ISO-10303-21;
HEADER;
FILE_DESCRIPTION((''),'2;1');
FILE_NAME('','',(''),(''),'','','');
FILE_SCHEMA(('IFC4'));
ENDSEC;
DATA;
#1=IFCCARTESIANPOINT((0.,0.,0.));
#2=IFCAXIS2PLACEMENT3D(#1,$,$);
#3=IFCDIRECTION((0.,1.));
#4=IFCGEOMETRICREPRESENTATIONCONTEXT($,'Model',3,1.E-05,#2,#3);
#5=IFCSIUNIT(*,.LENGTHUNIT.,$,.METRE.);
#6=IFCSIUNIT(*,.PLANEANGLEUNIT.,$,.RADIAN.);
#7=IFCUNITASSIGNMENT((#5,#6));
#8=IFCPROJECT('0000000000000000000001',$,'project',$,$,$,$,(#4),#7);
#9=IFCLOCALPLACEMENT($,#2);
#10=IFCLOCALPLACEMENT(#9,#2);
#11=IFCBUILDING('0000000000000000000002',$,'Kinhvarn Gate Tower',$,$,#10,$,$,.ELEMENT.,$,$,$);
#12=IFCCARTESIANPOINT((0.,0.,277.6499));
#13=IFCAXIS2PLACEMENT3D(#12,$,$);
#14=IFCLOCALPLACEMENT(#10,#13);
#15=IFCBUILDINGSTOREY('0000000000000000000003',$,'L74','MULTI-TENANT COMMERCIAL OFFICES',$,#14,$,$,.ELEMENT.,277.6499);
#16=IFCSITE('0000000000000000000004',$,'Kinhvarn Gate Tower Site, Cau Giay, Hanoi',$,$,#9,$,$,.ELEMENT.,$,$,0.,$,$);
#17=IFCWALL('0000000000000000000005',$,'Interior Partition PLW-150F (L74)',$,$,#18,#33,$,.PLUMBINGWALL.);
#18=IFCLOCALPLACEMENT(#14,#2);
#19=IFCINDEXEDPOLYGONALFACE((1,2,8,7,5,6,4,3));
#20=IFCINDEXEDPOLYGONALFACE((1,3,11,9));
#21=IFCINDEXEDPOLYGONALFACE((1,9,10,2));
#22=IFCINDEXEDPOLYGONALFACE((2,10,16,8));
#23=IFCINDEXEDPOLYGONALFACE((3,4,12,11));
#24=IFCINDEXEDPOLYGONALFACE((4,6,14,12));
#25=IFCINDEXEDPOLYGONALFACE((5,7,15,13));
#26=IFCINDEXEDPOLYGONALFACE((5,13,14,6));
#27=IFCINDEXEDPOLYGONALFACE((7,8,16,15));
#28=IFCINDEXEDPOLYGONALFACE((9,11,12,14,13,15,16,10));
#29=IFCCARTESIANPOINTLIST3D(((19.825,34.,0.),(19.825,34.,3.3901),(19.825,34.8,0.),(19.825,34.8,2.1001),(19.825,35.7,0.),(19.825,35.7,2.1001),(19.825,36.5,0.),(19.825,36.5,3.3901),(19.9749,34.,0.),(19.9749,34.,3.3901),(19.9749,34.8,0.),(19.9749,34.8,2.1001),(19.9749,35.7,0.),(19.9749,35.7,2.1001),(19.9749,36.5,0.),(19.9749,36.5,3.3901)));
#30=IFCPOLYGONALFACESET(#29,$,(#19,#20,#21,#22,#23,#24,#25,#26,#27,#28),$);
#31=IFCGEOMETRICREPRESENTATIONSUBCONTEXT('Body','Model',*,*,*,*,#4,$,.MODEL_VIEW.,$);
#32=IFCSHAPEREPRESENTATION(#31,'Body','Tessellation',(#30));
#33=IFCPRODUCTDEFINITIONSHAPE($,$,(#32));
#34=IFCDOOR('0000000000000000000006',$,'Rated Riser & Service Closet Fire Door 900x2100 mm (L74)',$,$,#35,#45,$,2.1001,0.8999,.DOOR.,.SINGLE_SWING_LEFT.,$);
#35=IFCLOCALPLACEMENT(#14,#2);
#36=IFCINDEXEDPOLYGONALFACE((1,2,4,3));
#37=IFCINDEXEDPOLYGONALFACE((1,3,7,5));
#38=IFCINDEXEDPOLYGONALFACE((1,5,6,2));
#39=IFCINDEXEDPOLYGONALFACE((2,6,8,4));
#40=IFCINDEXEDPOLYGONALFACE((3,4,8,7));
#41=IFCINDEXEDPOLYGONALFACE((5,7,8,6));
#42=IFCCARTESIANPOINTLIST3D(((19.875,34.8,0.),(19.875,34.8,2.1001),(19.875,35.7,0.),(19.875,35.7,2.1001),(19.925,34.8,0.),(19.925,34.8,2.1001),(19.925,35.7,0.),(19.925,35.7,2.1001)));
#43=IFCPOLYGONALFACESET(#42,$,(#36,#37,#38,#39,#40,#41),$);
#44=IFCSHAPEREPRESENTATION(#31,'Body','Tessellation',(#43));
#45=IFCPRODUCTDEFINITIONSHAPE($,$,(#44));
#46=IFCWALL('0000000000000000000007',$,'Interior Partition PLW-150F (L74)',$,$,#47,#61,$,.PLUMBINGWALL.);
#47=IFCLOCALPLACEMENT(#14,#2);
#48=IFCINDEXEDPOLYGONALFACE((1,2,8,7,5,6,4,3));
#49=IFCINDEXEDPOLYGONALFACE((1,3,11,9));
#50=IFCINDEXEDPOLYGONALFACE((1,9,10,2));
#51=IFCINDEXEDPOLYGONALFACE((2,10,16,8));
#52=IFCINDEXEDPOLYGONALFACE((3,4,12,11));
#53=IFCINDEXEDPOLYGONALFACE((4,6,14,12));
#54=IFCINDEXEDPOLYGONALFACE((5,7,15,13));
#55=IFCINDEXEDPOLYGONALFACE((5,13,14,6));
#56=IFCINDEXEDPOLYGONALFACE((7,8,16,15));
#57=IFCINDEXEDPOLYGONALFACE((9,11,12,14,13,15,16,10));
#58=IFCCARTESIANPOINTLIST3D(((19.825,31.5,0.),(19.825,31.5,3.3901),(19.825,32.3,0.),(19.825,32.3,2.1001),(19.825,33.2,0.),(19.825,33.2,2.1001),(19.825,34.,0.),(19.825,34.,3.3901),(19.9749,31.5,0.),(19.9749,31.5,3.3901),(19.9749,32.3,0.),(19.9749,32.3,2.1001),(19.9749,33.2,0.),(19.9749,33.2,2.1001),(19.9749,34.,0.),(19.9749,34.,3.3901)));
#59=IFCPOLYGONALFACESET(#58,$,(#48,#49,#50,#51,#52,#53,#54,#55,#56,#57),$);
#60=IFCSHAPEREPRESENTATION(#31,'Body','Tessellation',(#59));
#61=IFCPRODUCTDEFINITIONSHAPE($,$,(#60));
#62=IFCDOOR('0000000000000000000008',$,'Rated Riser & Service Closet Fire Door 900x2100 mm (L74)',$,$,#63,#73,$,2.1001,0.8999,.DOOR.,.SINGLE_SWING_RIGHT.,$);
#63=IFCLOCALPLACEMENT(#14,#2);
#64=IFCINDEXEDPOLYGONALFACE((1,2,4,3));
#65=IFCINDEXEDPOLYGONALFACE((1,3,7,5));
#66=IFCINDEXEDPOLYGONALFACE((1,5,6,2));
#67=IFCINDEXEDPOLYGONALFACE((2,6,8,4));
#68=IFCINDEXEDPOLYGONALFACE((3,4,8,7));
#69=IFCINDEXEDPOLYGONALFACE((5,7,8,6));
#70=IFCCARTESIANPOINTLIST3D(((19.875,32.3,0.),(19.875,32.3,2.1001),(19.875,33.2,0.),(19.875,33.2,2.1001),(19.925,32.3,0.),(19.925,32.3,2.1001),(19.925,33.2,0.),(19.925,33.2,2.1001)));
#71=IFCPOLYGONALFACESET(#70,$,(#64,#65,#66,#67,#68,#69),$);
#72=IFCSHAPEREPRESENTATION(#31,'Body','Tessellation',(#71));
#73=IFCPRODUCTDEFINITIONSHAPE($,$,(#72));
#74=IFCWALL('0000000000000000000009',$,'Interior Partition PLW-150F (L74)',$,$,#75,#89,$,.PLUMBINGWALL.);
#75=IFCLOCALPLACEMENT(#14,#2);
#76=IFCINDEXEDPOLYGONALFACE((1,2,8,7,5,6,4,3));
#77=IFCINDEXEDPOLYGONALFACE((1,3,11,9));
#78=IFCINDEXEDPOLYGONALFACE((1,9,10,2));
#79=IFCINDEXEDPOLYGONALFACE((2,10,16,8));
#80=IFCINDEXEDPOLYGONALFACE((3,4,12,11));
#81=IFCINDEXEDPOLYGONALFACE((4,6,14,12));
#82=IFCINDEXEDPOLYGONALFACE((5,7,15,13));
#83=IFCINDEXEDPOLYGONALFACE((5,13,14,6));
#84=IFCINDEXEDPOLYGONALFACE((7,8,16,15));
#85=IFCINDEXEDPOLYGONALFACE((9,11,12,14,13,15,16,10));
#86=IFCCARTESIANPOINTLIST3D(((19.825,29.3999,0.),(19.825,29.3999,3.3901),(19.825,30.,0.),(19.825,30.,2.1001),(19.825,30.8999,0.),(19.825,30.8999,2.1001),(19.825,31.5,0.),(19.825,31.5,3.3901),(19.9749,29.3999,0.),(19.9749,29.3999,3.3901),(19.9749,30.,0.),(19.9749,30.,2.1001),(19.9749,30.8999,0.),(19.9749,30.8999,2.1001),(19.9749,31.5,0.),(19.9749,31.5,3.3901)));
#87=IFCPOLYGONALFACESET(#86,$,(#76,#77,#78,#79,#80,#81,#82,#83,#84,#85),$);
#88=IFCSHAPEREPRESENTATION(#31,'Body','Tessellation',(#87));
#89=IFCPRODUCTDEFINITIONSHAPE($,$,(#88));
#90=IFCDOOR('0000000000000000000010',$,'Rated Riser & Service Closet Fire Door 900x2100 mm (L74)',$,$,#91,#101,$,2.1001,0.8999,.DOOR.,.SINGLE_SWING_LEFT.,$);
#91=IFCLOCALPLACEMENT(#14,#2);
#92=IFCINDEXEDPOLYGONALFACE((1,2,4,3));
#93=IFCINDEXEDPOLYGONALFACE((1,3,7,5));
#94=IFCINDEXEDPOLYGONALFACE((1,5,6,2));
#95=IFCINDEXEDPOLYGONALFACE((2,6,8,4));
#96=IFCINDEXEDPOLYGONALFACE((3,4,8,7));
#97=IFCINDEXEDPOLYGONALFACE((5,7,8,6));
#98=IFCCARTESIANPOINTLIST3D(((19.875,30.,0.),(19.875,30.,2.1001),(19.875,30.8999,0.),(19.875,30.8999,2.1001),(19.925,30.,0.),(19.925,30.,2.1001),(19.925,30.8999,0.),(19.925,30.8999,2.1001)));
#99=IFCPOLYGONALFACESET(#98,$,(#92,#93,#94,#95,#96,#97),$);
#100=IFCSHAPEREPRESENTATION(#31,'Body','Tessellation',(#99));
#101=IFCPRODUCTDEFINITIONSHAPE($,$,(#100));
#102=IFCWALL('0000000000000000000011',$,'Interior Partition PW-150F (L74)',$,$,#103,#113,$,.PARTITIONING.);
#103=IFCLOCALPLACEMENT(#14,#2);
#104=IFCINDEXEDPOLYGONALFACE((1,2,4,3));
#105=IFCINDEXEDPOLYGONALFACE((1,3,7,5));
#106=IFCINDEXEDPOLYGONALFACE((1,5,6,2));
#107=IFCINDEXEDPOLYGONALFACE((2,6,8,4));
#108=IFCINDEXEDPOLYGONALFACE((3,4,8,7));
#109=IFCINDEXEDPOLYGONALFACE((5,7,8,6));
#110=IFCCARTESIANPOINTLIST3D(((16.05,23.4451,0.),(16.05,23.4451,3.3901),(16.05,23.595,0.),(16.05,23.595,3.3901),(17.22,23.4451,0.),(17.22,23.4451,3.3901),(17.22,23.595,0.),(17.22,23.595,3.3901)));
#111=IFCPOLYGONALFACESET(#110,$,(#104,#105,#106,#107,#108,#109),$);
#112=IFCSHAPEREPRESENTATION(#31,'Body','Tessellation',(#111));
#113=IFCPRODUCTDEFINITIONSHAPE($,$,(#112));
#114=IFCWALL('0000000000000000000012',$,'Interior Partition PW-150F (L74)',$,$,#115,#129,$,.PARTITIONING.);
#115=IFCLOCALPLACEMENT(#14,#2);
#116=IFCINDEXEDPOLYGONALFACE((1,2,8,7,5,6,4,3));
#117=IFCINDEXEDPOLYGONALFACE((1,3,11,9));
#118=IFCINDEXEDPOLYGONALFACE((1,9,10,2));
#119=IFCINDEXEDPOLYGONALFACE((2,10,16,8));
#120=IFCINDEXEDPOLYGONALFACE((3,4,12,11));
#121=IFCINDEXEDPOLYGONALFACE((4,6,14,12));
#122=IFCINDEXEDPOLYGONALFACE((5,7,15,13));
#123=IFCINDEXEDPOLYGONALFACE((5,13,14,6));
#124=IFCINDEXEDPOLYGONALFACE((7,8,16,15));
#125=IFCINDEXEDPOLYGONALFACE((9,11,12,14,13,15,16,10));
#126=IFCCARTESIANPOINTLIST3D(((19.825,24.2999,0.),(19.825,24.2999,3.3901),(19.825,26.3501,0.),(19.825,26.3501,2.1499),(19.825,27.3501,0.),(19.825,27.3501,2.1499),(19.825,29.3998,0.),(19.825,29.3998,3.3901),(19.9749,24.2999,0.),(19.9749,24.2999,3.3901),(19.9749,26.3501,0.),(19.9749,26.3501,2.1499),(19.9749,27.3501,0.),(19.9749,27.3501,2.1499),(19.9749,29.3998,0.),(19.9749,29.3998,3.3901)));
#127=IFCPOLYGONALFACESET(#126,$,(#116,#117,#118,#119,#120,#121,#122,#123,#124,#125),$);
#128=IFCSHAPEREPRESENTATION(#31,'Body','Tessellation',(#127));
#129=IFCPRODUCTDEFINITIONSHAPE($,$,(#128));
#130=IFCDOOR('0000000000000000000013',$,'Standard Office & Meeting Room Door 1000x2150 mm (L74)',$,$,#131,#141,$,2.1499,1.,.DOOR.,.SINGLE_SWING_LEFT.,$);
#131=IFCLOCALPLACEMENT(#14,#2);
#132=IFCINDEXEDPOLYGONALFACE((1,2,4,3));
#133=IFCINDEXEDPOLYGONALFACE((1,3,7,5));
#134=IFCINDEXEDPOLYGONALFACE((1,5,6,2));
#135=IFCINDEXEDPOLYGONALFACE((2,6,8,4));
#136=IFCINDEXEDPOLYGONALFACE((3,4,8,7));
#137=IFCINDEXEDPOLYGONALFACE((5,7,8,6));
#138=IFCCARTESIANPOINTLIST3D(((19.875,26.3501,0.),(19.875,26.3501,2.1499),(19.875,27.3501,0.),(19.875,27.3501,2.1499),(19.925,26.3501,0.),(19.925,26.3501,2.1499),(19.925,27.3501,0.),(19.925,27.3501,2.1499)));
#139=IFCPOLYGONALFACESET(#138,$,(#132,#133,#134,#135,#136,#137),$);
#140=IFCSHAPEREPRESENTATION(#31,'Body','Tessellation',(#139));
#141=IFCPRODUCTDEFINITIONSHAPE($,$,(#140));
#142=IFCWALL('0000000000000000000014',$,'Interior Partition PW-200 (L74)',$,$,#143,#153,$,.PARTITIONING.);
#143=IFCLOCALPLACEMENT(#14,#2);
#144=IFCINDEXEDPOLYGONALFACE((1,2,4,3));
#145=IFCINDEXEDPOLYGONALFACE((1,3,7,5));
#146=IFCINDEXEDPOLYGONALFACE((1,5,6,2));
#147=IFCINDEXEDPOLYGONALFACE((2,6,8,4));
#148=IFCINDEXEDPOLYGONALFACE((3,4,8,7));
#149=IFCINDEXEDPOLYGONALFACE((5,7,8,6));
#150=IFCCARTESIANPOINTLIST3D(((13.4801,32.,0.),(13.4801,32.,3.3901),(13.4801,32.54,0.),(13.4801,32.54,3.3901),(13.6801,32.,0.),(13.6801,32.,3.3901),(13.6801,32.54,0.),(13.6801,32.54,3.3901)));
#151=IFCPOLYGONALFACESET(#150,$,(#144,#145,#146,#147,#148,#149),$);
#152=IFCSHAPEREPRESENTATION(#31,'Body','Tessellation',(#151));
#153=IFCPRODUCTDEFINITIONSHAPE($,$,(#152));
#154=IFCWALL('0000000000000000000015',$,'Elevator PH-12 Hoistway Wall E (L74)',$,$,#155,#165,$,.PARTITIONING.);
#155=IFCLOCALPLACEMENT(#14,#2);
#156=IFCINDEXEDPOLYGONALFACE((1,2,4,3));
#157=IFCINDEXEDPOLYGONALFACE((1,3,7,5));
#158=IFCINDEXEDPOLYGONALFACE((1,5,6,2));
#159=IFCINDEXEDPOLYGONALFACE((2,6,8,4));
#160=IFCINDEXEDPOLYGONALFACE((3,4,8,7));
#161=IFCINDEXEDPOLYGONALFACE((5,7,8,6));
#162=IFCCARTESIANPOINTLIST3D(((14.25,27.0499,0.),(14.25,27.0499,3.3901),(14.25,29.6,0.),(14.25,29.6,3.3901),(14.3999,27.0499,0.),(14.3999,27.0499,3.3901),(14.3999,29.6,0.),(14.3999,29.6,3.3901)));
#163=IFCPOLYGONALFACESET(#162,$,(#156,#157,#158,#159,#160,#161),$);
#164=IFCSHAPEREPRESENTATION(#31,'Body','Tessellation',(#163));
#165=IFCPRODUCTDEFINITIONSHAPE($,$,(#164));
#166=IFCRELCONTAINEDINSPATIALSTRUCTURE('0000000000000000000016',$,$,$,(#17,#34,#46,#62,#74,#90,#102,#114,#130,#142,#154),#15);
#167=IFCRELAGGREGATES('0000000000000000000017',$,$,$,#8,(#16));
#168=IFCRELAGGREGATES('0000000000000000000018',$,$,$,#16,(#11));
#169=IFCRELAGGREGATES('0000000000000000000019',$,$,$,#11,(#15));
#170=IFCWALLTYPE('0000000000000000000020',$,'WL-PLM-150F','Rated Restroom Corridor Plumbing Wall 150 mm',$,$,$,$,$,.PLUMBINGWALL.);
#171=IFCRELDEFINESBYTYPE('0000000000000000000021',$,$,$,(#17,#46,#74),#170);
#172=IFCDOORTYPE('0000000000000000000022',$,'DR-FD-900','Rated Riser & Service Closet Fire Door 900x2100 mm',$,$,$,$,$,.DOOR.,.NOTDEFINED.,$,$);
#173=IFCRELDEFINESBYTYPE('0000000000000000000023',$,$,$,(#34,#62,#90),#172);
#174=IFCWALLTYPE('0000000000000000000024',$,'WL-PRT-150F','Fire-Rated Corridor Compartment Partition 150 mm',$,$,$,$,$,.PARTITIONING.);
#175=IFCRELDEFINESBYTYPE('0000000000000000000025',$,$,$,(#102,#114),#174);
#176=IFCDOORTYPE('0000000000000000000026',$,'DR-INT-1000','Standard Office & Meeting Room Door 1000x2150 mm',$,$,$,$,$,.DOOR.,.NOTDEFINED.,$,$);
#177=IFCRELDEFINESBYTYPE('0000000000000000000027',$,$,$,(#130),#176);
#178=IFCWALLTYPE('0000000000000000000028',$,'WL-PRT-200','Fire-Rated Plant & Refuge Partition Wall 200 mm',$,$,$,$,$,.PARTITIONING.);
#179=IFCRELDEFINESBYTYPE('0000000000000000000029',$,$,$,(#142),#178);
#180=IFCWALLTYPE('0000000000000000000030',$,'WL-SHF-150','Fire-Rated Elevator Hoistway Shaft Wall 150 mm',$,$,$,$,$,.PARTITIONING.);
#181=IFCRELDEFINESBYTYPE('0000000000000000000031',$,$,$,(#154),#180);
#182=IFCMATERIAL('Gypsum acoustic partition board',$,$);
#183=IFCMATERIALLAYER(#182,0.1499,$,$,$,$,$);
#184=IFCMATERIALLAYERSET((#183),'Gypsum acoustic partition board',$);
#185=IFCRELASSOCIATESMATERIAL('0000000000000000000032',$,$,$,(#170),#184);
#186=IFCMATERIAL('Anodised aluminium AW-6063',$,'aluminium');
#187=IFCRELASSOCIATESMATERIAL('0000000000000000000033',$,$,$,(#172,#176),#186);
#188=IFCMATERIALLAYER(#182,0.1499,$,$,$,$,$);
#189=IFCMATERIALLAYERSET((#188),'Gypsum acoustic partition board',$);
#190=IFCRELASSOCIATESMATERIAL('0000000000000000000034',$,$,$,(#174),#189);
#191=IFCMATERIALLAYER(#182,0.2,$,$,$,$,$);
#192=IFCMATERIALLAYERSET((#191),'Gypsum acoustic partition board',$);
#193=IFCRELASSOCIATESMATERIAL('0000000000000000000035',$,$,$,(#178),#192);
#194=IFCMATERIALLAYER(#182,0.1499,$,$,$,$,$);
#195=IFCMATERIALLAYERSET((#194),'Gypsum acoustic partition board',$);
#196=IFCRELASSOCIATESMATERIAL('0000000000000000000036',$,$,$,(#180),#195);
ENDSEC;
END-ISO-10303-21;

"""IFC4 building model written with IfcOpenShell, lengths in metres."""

from ifc_helpers import new_model, si_unit, direction, frame, frame_2d, origin, place, context, subcontext, project, spatial, rectangle, extrude, material, layer, layer_set, type_object, element, fill, save


model = new_model("IFC4")

# Units and contexts
model_context = context("Model", 3, precision=1e-05, world=origin(), true_north=direction((0.0, 1.0)))
body_context = subcontext(model_context, "Body", "Model", "MODEL_VIEW")
ifc_project = project(units=[si_unit("LENGTHUNIT", "METRE"), si_unit("PLANEANGLEUNIT", "RADIAN")], contexts=[model_context])

# Site, building, storey
site_placement = place(None, origin())
site = spatial("IfcSite", under=ifc_project, at=site_placement, Name="Kinhvarn Gate Tower Site, Cau Giay, Hanoi", CompositionType="ELEMENT", RefElevation=0.0)
building_placement = place(site_placement, origin())
building = spatial("IfcBuilding", under=site, at=building_placement, Name="Kinhvarn Gate Tower", CompositionType="ELEMENT")
storey_placement = place(building_placement, frame((0.0, 0.0, 277.6499)))
storey = spatial("IfcBuildingStorey", under=building, at=storey_placement, Name="L74", Description="MULTI-TENANT COMMERCIAL OFFICES", CompositionType="ELEMENT", Elevation=277.6499)

# Shared definitions
ifc_material_1 = material(Name="Anodised aluminium AW-6063", Category="aluminium")

# Shared definitions
ifc_material_2 = material(Name="Gypsum acoustic partition board")

# Walls, openings, doors
ifc_layer_1 = layer(ifc_material_2, 0.1499)
ifc_layer_set_1 = layer_set([ifc_layer_1], Name="Gypsum acoustic partition board")
wall_type_1 = type_object("IfcWallType", Name="WL-PLM-150F", Description="Rated Restroom Corridor Plumbing Wall 150 mm", PredefinedType="PLUMBINGWALL", material=ifc_layer_set_1)
wall_1_placement = place(storey_placement, frame((19.8999, 34.0, 0.0), z_axis=(0.0, 0.0, 1.0), x_axis=(0.0, 1.0, 0.0)))
wall_1 = element("IfcWall", 1, at=wall_1_placement, inside=storey, type_object=wall_type_1, Name="Interior Partition PLW-150F (L74)", PredefinedType="PLUMBINGWALL", context=body_context, shape_type="SweptSolid", body=[
    extrude(rectangle(XDim=2.5, YDim=0.1499, at=frame_2d((1.25, 0.0))), origin(), (0.0, 0.0, 1.0), 3.3901),
])
opening_1_placement = place(wall_1_placement, frame((0.8, 0.0, 0.0)))
opening_1 = element("IfcOpeningElement", 2, at=opening_1_placement, cuts=wall_1, PredefinedType="OPENING", context=body_context, shape_type="SweptSolid", body=[
    extrude(rectangle(XDim=0.8999, YDim=2.1001, at=frame_2d((0.45, 1.05))), frame((0.0, 0.085, 0.0), z_axis=(0.0, -1.0, 0.0), x_axis=(1.0, 0.0, 0.0)), (0.0, 0.0, 1.0), 0.1699),
])
door_type_1 = type_object("IfcDoorType", Name="DR-FD-900", Description="Rated Riser & Service Closet Fire Door 900x2100 mm", OperationType="NOTDEFINED", PredefinedType="DOOR", material=ifc_material_1)
door_1_placement = place(opening_1_placement, origin())
door_1 = element("IfcDoor", 3, at=door_1_placement, inside=storey, type_object=door_type_1, Name="Rated Riser & Service Closet Fire Door 900x2100 mm (L74)", OperationType="SINGLE_SWING_LEFT", OverallHeight=2.1001, OverallWidth=0.8999, PredefinedType="DOOR", context=body_context, shape_type="SweptSolid", body=[
    extrude(rectangle(XDim=0.8999, YDim=2.1001, at=frame_2d((0.45, 1.05))), frame((0.0, 0.0249, 0.0), z_axis=(0.0, -1.0, 0.0), x_axis=(1.0, 0.0, 0.0)), (0.0, 0.0, 1.0), 0.05),
])
fill(opening_1, door_1)
wall_2_placement = place(storey_placement, frame((19.8999, 31.5, 0.0), z_axis=(0.0, 0.0, 1.0), x_axis=(0.0, 1.0, 0.0)))
wall_2 = element("IfcWall", 4, at=wall_2_placement, inside=storey, type_object=wall_type_1, Name="Interior Partition PLW-150F (L74)", PredefinedType="PLUMBINGWALL", context=body_context, shape_type="SweptSolid", body=[
    extrude(rectangle(XDim=2.5, YDim=0.1499, at=frame_2d((1.25, 0.0))), origin(), (0.0, 0.0, 1.0), 3.3901),
])
opening_2_placement = place(wall_2_placement, frame((0.8, 0.0, 0.0)))
opening_2 = element("IfcOpeningElement", 5, at=opening_2_placement, cuts=wall_2, PredefinedType="OPENING", context=body_context, shape_type="SweptSolid", body=[
    extrude(rectangle(XDim=0.8999, YDim=2.1001, at=frame_2d((0.45, 1.05))), frame((0.0, 0.085, 0.0), z_axis=(0.0, -1.0, 0.0), x_axis=(1.0, 0.0, 0.0)), (0.0, 0.0, 1.0), 0.1699),
])
door_2_placement = place(opening_2_placement, origin())
door_2 = element("IfcDoor", 6, at=door_2_placement, inside=storey, type_object=door_type_1, Name="Rated Riser & Service Closet Fire Door 900x2100 mm (L74)", OperationType="SINGLE_SWING_RIGHT", OverallHeight=2.1001, OverallWidth=0.8999, PredefinedType="DOOR", context=body_context, shape_type="SweptSolid", body=[
    extrude(rectangle(XDim=0.8999, YDim=2.1001, at=frame_2d((0.45, 1.05))), frame((0.0, 0.0249, 0.0), z_axis=(0.0, -1.0, 0.0), x_axis=(1.0, 0.0, 0.0)), (0.0, 0.0, 1.0), 0.05),
])
fill(opening_2, door_2)
wall_3_placement = place(storey_placement, frame((19.8999, 29.3999, 0.0), z_axis=(0.0, 0.0, 1.0), x_axis=(0.0, 1.0, 0.0)))
wall_3 = element("IfcWall", 7, at=wall_3_placement, inside=storey, type_object=wall_type_1, Name="Interior Partition PLW-150F (L74)", PredefinedType="PLUMBINGWALL", context=body_context, shape_type="SweptSolid", body=[
    extrude(rectangle(XDim=2.1001, YDim=0.1499, at=frame_2d((1.05, 0.0))), origin(), (0.0, 0.0, 1.0), 3.3901),
])
opening_3_placement = place(wall_3_placement, frame((0.6001, 0.0, 0.0)))
opening_3 = element("IfcOpeningElement", 8, at=opening_3_placement, cuts=wall_3, PredefinedType="OPENING", context=body_context, shape_type="SweptSolid", body=[
    extrude(rectangle(XDim=0.8999, YDim=2.1001, at=frame_2d((0.45, 1.05))), frame((0.0, 0.085, 0.0), z_axis=(0.0, -1.0, 0.0), x_axis=(1.0, 0.0, 0.0)), (0.0, 0.0, 1.0), 0.1699),
])
door_3_placement = place(opening_3_placement, origin())
door_3 = element("IfcDoor", 9, at=door_3_placement, inside=storey, type_object=door_type_1, Name="Rated Riser & Service Closet Fire Door 900x2100 mm (L74)", OperationType="SINGLE_SWING_LEFT", OverallHeight=2.1001, OverallWidth=0.8999, PredefinedType="DOOR", context=body_context, shape_type="SweptSolid", body=[
    extrude(rectangle(XDim=0.8999, YDim=2.1001, at=frame_2d((0.45, 1.05))), frame((0.0, 0.0249, 0.0), z_axis=(0.0, -1.0, 0.0), x_axis=(1.0, 0.0, 0.0)), (0.0, 0.0, 1.0), 0.05),
])
fill(opening_3, door_3)

# Wall
ifc_layer_2 = layer(ifc_material_2, 0.1499)
ifc_layer_set_2 = layer_set([ifc_layer_2], Name="Gypsum acoustic partition board")
wall_type_2 = type_object("IfcWallType", Name="WL-PRT-150F", Description="Fire-Rated Corridor Compartment Partition 150 mm", PredefinedType="PARTITIONING", material=ifc_layer_set_2)
wall_4_placement = place(storey_placement, frame((16.05, 23.52, 0.0), z_axis=(0.0, 0.0, 1.0), x_axis=(1.0, 0.0, 0.0)))
element("IfcWall", 10, at=wall_4_placement, inside=storey, type_object=wall_type_2, Name="Interior Partition PW-150F (L74)", PredefinedType="PARTITIONING", context=body_context, shape_type="SweptSolid", body=[
    extrude(rectangle(XDim=1.1699, YDim=0.1499, at=frame_2d((0.585, 0.0))), origin(), (0.0, 0.0, 1.0), 3.3901),
])

# Wall, opening, door
wall_5_placement = place(storey_placement, frame((19.8999, 24.3, 0.0), z_axis=(0.0, 0.0, 1.0), x_axis=(0.0, 1.0, 0.0)))
wall_5 = element("IfcWall", 11, at=wall_5_placement, inside=storey, type_object=wall_type_2, Name="Interior Partition PW-150F (L74)", PredefinedType="PARTITIONING", context=body_context, shape_type="SweptSolid", body=[
    extrude(rectangle(XDim=5.0999, YDim=0.1499, at=frame_2d((2.5498, 0.0))), origin(), (0.0, 0.0, 1.0), 3.3901),
])
opening_4_placement = place(wall_5_placement, frame((2.05, 0.0, 0.0)))
opening_4 = element("IfcOpeningElement", 12, at=opening_4_placement, cuts=wall_5, PredefinedType="OPENING", context=body_context, shape_type="SweptSolid", body=[
    extrude(rectangle(XDim=1.0, YDim=2.1499, at=frame_2d((0.5, 1.075))), frame((0.0, 0.085, 0.0), z_axis=(0.0, -1.0, 0.0), x_axis=(1.0, 0.0, 0.0)), (0.0, 0.0, 1.0), 0.1699),
])
door_type_2 = type_object("IfcDoorType", Name="DR-INT-1000", Description="Standard Office & Meeting Room Door 1000x2150 mm", OperationType="NOTDEFINED", PredefinedType="DOOR", material=ifc_material_1)
door_4_placement = place(opening_4_placement, origin())
door_4 = element("IfcDoor", 13, at=door_4_placement, inside=storey, type_object=door_type_2, Name="Standard Office & Meeting Room Door 1000x2150 mm (L74)", OperationType="SINGLE_SWING_LEFT", OverallHeight=2.1499, OverallWidth=1.0, PredefinedType="DOOR", context=body_context, shape_type="SweptSolid", body=[
    extrude(rectangle(XDim=1.0, YDim=2.1499, at=frame_2d((0.5, 1.075))), frame((0.0, 0.0249, 0.0), z_axis=(0.0, -1.0, 0.0), x_axis=(1.0, 0.0, 0.0)), (0.0, 0.0, 1.0), 0.05),
])
fill(opening_4, door_4)

# Walls
ifc_layer_3 = layer(ifc_material_2, 0.2)
ifc_layer_set_3 = layer_set([ifc_layer_3], Name="Gypsum acoustic partition board")
wall_type_3 = type_object("IfcWallType", Name="WL-PRT-200", Description="Fire-Rated Plant & Refuge Partition Wall 200 mm", PredefinedType="PARTITIONING", material=ifc_layer_set_3)
wall_6_placement = place(storey_placement, frame((13.5801, 32.0, 0.0), z_axis=(0.0, 0.0, 1.0), x_axis=(0.0, 1.0, 0.0)))
element("IfcWall", 14, at=wall_6_placement, inside=storey, type_object=wall_type_3, Name="Interior Partition PW-200 (L74)", PredefinedType="PARTITIONING", context=body_context, shape_type="SweptSolid", body=[
    extrude(rectangle(XDim=0.54, YDim=0.2, at=frame_2d((0.27, 0.0))), origin(), (0.0, 0.0, 1.0), 3.3901),
])
ifc_layer_4 = layer(ifc_material_2, 0.1499)
ifc_layer_set_4 = layer_set([ifc_layer_4], Name="Gypsum acoustic partition board")
wall_type_4 = type_object("IfcWallType", Name="WL-SHF-150", Description="Fire-Rated Elevator Hoistway Shaft Wall 150 mm", PredefinedType="PARTITIONING", material=ifc_layer_set_4)
wall_7_placement = place(storey_placement, frame((14.325, 27.05, 0.0), z_axis=(0.0, 0.0, 1.0), x_axis=(0.0, 1.0, 0.0)))
element("IfcWall", 15, at=wall_7_placement, inside=storey, type_object=wall_type_4, Name="Elevator PH-12 Hoistway Wall E (L74)", PredefinedType="PARTITIONING", context=body_context, shape_type="SweptSolid", body=[
    extrude(rectangle(XDim=2.55, YDim=0.1499, at=frame_2d((1.2749, 0.0))), origin(), (0.0, 0.0, 1.0), 3.3901),
])

save(model, "model.ifc")
